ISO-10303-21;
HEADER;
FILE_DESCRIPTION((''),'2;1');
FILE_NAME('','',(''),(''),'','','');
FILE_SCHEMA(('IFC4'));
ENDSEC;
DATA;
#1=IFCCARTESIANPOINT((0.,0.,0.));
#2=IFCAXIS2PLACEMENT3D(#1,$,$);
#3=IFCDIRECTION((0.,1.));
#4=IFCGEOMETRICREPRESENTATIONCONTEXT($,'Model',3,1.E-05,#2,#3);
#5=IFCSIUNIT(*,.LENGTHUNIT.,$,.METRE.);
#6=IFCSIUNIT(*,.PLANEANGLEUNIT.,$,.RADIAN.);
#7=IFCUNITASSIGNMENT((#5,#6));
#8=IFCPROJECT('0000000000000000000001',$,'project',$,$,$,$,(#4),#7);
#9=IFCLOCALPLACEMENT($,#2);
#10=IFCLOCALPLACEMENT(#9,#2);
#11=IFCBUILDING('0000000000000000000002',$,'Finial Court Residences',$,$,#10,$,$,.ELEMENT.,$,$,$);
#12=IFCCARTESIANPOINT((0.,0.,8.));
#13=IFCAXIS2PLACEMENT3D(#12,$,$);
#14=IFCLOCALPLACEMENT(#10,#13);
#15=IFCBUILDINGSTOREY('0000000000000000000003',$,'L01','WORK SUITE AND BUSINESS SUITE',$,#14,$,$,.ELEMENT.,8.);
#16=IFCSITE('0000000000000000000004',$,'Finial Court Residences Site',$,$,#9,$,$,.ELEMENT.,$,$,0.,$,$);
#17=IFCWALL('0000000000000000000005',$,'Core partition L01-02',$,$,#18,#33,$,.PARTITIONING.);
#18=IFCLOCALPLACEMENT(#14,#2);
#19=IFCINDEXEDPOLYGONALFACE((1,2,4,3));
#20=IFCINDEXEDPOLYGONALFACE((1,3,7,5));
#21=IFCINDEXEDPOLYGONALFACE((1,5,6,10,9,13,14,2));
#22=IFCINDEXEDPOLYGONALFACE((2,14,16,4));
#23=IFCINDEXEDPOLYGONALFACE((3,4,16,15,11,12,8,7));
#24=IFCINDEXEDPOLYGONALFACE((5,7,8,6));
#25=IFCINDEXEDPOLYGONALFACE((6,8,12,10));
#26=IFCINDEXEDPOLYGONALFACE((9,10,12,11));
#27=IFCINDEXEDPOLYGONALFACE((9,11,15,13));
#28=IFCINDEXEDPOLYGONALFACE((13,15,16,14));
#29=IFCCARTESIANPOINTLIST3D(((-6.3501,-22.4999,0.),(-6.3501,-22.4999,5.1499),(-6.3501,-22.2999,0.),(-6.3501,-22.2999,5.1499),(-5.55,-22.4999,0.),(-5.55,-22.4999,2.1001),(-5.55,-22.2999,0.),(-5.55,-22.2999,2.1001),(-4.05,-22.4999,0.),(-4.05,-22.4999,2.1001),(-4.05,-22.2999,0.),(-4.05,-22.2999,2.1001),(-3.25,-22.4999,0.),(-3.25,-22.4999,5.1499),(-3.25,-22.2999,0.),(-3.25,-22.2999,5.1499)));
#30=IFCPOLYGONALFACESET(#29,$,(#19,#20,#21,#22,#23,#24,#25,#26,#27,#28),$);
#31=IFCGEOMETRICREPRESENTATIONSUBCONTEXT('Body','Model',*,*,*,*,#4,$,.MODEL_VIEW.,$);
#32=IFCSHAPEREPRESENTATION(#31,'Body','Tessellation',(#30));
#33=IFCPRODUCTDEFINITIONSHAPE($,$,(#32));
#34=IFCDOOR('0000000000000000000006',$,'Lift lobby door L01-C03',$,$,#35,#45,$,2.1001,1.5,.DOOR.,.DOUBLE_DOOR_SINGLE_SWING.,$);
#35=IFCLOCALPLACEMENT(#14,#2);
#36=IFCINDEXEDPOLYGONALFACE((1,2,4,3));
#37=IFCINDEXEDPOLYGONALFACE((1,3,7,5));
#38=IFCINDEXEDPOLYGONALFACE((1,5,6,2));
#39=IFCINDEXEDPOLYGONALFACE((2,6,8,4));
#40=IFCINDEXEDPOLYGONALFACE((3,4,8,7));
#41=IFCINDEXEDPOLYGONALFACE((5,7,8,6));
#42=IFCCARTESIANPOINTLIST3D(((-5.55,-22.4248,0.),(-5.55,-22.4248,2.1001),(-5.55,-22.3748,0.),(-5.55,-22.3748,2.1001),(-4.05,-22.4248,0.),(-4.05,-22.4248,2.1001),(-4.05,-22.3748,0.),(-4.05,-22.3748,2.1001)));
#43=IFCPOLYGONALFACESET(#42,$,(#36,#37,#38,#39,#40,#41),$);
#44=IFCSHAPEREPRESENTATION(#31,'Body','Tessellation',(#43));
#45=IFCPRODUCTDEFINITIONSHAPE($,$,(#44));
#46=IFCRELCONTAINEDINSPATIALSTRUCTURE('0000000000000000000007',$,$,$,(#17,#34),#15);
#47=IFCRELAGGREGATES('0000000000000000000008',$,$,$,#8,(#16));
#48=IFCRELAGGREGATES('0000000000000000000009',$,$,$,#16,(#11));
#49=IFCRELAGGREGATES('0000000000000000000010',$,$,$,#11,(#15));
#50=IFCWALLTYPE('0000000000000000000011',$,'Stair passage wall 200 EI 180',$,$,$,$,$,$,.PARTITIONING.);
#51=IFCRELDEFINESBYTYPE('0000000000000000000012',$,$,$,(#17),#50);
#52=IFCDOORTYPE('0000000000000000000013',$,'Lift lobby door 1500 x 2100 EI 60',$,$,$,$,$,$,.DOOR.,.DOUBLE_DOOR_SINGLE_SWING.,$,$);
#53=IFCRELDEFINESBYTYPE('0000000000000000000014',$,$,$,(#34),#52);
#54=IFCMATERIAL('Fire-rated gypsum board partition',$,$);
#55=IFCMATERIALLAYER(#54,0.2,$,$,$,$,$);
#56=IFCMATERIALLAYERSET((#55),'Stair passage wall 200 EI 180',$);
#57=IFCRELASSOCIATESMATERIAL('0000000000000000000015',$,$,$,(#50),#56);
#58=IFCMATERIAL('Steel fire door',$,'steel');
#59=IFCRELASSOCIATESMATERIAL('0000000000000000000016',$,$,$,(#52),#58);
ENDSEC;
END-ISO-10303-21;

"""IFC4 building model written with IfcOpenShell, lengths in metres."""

from ifc_helpers import new_model, si_unit, direction, frame, frame_2d, origin, place, context, subcontext, project, spatial, rectangle, extrude, material, layer, layer_set, type_object, element, fill, save


model = new_model("IFC4")

# Units and contexts
model_context = context("Model", 3, precision=1e-05, world=origin(), true_north=direction((0.0, 1.0)))
body_context = subcontext(model_context, "Body", "Model", "MODEL_VIEW")
ifc_project = project(units=[si_unit("LENGTHUNIT", "METRE"), si_unit("PLANEANGLEUNIT", "RADIAN")], contexts=[model_context])

# Site, building, storey
site_placement = place(None, origin())
site = spatial("IfcSite", under=ifc_project, at=site_placement, Name="Finial Court Residences Site", CompositionType="ELEMENT", RefElevation=0.0)
building_placement = place(site_placement, origin())
building = spatial("IfcBuilding", under=site, at=building_placement, Name="Finial Court Residences", CompositionType="ELEMENT")
storey_placement = place(building_placement, frame((0.0, 0.0, 8.0)))
storey = spatial("IfcBuildingStorey", under=building, at=storey_placement, Name="L01", Description="WORK SUITE AND BUSINESS SUITE", CompositionType="ELEMENT", Elevation=8.0)

# Shared definitions
ifc_material_1 = material(Name="Fire-rated gypsum board partition")
ifc_material_2 = material(Name="Steel fire door", Category="steel")

# Wall, opening, door
ifc_layer_1 = layer(ifc_material_1, 0.2)
ifc_layer_set_1 = layer_set([ifc_layer_1], Name="Stair passage wall 200 EI 180")
wall_type_1 = type_object("IfcWallType", Name="Stair passage wall 200 EI 180", PredefinedType="PARTITIONING", material=ifc_layer_set_1)
wall_1_placement = place(storey_placement, frame((-3.25, -22.3999, 0.0), z_axis=(0.0, 0.0, 1.0), x_axis=(-1.0, 0.0, 0.0)))
wall_1 = element("IfcWall", 1, at=wall_1_placement, inside=storey, type_object=wall_type_1, Name="Core partition L01-02", PredefinedType="PARTITIONING", context=body_context, shape_type="SweptSolid", body=[
    extrude(rectangle(XDim=3.1001, YDim=0.2, at=frame_2d((1.55, 0.0))), origin(), (0.0, 0.0, 1.0), 5.1499),
])
opening_1_placement = place(wall_1_placement, frame((0.8, 0.0, 0.0)))
opening_1 = element("IfcOpeningElement", 2, at=opening_1_placement, cuts=wall_1, PredefinedType="OPENING", context=body_context, shape_type="SweptSolid", body=[
    extrude(rectangle(XDim=1.5, YDim=2.1001, at=frame_2d((0.75, 1.05))), frame((0.0, 0.1099, 0.0), z_axis=(0.0, -1.0, 0.0), x_axis=(1.0, 0.0, 0.0)), (0.0, 0.0, 1.0), 0.22),
])
door_type_1 = type_object("IfcDoorType", Name="Lift lobby door 1500 x 2100 EI 60", OperationType="DOUBLE_DOOR_SINGLE_SWING", PredefinedType="DOOR", material=ifc_material_2)
door_1_placement = place(opening_1_placement, origin())
door_1 = element("IfcDoor", 3, at=door_1_placement, inside=storey, type_object=door_type_1, Name="Lift lobby door L01-C03", OperationType="DOUBLE_DOOR_SINGLE_SWING", OverallHeight=2.1001, OverallWidth=1.5, PredefinedType="DOOR", context=body_context, shape_type="SweptSolid", body=[
    extrude(rectangle(XDim=1.5, YDim=2.1001, at=frame_2d((0.75, 1.05))), frame((0.0, 0.0249, 0.0), z_axis=(0.0, -1.0, 0.0), x_axis=(1.0, 0.0, 0.0)), (0.0, 0.0, 1.0), 0.05),
])
fill(opening_1, door_1)

save(model, "model.ifc")
